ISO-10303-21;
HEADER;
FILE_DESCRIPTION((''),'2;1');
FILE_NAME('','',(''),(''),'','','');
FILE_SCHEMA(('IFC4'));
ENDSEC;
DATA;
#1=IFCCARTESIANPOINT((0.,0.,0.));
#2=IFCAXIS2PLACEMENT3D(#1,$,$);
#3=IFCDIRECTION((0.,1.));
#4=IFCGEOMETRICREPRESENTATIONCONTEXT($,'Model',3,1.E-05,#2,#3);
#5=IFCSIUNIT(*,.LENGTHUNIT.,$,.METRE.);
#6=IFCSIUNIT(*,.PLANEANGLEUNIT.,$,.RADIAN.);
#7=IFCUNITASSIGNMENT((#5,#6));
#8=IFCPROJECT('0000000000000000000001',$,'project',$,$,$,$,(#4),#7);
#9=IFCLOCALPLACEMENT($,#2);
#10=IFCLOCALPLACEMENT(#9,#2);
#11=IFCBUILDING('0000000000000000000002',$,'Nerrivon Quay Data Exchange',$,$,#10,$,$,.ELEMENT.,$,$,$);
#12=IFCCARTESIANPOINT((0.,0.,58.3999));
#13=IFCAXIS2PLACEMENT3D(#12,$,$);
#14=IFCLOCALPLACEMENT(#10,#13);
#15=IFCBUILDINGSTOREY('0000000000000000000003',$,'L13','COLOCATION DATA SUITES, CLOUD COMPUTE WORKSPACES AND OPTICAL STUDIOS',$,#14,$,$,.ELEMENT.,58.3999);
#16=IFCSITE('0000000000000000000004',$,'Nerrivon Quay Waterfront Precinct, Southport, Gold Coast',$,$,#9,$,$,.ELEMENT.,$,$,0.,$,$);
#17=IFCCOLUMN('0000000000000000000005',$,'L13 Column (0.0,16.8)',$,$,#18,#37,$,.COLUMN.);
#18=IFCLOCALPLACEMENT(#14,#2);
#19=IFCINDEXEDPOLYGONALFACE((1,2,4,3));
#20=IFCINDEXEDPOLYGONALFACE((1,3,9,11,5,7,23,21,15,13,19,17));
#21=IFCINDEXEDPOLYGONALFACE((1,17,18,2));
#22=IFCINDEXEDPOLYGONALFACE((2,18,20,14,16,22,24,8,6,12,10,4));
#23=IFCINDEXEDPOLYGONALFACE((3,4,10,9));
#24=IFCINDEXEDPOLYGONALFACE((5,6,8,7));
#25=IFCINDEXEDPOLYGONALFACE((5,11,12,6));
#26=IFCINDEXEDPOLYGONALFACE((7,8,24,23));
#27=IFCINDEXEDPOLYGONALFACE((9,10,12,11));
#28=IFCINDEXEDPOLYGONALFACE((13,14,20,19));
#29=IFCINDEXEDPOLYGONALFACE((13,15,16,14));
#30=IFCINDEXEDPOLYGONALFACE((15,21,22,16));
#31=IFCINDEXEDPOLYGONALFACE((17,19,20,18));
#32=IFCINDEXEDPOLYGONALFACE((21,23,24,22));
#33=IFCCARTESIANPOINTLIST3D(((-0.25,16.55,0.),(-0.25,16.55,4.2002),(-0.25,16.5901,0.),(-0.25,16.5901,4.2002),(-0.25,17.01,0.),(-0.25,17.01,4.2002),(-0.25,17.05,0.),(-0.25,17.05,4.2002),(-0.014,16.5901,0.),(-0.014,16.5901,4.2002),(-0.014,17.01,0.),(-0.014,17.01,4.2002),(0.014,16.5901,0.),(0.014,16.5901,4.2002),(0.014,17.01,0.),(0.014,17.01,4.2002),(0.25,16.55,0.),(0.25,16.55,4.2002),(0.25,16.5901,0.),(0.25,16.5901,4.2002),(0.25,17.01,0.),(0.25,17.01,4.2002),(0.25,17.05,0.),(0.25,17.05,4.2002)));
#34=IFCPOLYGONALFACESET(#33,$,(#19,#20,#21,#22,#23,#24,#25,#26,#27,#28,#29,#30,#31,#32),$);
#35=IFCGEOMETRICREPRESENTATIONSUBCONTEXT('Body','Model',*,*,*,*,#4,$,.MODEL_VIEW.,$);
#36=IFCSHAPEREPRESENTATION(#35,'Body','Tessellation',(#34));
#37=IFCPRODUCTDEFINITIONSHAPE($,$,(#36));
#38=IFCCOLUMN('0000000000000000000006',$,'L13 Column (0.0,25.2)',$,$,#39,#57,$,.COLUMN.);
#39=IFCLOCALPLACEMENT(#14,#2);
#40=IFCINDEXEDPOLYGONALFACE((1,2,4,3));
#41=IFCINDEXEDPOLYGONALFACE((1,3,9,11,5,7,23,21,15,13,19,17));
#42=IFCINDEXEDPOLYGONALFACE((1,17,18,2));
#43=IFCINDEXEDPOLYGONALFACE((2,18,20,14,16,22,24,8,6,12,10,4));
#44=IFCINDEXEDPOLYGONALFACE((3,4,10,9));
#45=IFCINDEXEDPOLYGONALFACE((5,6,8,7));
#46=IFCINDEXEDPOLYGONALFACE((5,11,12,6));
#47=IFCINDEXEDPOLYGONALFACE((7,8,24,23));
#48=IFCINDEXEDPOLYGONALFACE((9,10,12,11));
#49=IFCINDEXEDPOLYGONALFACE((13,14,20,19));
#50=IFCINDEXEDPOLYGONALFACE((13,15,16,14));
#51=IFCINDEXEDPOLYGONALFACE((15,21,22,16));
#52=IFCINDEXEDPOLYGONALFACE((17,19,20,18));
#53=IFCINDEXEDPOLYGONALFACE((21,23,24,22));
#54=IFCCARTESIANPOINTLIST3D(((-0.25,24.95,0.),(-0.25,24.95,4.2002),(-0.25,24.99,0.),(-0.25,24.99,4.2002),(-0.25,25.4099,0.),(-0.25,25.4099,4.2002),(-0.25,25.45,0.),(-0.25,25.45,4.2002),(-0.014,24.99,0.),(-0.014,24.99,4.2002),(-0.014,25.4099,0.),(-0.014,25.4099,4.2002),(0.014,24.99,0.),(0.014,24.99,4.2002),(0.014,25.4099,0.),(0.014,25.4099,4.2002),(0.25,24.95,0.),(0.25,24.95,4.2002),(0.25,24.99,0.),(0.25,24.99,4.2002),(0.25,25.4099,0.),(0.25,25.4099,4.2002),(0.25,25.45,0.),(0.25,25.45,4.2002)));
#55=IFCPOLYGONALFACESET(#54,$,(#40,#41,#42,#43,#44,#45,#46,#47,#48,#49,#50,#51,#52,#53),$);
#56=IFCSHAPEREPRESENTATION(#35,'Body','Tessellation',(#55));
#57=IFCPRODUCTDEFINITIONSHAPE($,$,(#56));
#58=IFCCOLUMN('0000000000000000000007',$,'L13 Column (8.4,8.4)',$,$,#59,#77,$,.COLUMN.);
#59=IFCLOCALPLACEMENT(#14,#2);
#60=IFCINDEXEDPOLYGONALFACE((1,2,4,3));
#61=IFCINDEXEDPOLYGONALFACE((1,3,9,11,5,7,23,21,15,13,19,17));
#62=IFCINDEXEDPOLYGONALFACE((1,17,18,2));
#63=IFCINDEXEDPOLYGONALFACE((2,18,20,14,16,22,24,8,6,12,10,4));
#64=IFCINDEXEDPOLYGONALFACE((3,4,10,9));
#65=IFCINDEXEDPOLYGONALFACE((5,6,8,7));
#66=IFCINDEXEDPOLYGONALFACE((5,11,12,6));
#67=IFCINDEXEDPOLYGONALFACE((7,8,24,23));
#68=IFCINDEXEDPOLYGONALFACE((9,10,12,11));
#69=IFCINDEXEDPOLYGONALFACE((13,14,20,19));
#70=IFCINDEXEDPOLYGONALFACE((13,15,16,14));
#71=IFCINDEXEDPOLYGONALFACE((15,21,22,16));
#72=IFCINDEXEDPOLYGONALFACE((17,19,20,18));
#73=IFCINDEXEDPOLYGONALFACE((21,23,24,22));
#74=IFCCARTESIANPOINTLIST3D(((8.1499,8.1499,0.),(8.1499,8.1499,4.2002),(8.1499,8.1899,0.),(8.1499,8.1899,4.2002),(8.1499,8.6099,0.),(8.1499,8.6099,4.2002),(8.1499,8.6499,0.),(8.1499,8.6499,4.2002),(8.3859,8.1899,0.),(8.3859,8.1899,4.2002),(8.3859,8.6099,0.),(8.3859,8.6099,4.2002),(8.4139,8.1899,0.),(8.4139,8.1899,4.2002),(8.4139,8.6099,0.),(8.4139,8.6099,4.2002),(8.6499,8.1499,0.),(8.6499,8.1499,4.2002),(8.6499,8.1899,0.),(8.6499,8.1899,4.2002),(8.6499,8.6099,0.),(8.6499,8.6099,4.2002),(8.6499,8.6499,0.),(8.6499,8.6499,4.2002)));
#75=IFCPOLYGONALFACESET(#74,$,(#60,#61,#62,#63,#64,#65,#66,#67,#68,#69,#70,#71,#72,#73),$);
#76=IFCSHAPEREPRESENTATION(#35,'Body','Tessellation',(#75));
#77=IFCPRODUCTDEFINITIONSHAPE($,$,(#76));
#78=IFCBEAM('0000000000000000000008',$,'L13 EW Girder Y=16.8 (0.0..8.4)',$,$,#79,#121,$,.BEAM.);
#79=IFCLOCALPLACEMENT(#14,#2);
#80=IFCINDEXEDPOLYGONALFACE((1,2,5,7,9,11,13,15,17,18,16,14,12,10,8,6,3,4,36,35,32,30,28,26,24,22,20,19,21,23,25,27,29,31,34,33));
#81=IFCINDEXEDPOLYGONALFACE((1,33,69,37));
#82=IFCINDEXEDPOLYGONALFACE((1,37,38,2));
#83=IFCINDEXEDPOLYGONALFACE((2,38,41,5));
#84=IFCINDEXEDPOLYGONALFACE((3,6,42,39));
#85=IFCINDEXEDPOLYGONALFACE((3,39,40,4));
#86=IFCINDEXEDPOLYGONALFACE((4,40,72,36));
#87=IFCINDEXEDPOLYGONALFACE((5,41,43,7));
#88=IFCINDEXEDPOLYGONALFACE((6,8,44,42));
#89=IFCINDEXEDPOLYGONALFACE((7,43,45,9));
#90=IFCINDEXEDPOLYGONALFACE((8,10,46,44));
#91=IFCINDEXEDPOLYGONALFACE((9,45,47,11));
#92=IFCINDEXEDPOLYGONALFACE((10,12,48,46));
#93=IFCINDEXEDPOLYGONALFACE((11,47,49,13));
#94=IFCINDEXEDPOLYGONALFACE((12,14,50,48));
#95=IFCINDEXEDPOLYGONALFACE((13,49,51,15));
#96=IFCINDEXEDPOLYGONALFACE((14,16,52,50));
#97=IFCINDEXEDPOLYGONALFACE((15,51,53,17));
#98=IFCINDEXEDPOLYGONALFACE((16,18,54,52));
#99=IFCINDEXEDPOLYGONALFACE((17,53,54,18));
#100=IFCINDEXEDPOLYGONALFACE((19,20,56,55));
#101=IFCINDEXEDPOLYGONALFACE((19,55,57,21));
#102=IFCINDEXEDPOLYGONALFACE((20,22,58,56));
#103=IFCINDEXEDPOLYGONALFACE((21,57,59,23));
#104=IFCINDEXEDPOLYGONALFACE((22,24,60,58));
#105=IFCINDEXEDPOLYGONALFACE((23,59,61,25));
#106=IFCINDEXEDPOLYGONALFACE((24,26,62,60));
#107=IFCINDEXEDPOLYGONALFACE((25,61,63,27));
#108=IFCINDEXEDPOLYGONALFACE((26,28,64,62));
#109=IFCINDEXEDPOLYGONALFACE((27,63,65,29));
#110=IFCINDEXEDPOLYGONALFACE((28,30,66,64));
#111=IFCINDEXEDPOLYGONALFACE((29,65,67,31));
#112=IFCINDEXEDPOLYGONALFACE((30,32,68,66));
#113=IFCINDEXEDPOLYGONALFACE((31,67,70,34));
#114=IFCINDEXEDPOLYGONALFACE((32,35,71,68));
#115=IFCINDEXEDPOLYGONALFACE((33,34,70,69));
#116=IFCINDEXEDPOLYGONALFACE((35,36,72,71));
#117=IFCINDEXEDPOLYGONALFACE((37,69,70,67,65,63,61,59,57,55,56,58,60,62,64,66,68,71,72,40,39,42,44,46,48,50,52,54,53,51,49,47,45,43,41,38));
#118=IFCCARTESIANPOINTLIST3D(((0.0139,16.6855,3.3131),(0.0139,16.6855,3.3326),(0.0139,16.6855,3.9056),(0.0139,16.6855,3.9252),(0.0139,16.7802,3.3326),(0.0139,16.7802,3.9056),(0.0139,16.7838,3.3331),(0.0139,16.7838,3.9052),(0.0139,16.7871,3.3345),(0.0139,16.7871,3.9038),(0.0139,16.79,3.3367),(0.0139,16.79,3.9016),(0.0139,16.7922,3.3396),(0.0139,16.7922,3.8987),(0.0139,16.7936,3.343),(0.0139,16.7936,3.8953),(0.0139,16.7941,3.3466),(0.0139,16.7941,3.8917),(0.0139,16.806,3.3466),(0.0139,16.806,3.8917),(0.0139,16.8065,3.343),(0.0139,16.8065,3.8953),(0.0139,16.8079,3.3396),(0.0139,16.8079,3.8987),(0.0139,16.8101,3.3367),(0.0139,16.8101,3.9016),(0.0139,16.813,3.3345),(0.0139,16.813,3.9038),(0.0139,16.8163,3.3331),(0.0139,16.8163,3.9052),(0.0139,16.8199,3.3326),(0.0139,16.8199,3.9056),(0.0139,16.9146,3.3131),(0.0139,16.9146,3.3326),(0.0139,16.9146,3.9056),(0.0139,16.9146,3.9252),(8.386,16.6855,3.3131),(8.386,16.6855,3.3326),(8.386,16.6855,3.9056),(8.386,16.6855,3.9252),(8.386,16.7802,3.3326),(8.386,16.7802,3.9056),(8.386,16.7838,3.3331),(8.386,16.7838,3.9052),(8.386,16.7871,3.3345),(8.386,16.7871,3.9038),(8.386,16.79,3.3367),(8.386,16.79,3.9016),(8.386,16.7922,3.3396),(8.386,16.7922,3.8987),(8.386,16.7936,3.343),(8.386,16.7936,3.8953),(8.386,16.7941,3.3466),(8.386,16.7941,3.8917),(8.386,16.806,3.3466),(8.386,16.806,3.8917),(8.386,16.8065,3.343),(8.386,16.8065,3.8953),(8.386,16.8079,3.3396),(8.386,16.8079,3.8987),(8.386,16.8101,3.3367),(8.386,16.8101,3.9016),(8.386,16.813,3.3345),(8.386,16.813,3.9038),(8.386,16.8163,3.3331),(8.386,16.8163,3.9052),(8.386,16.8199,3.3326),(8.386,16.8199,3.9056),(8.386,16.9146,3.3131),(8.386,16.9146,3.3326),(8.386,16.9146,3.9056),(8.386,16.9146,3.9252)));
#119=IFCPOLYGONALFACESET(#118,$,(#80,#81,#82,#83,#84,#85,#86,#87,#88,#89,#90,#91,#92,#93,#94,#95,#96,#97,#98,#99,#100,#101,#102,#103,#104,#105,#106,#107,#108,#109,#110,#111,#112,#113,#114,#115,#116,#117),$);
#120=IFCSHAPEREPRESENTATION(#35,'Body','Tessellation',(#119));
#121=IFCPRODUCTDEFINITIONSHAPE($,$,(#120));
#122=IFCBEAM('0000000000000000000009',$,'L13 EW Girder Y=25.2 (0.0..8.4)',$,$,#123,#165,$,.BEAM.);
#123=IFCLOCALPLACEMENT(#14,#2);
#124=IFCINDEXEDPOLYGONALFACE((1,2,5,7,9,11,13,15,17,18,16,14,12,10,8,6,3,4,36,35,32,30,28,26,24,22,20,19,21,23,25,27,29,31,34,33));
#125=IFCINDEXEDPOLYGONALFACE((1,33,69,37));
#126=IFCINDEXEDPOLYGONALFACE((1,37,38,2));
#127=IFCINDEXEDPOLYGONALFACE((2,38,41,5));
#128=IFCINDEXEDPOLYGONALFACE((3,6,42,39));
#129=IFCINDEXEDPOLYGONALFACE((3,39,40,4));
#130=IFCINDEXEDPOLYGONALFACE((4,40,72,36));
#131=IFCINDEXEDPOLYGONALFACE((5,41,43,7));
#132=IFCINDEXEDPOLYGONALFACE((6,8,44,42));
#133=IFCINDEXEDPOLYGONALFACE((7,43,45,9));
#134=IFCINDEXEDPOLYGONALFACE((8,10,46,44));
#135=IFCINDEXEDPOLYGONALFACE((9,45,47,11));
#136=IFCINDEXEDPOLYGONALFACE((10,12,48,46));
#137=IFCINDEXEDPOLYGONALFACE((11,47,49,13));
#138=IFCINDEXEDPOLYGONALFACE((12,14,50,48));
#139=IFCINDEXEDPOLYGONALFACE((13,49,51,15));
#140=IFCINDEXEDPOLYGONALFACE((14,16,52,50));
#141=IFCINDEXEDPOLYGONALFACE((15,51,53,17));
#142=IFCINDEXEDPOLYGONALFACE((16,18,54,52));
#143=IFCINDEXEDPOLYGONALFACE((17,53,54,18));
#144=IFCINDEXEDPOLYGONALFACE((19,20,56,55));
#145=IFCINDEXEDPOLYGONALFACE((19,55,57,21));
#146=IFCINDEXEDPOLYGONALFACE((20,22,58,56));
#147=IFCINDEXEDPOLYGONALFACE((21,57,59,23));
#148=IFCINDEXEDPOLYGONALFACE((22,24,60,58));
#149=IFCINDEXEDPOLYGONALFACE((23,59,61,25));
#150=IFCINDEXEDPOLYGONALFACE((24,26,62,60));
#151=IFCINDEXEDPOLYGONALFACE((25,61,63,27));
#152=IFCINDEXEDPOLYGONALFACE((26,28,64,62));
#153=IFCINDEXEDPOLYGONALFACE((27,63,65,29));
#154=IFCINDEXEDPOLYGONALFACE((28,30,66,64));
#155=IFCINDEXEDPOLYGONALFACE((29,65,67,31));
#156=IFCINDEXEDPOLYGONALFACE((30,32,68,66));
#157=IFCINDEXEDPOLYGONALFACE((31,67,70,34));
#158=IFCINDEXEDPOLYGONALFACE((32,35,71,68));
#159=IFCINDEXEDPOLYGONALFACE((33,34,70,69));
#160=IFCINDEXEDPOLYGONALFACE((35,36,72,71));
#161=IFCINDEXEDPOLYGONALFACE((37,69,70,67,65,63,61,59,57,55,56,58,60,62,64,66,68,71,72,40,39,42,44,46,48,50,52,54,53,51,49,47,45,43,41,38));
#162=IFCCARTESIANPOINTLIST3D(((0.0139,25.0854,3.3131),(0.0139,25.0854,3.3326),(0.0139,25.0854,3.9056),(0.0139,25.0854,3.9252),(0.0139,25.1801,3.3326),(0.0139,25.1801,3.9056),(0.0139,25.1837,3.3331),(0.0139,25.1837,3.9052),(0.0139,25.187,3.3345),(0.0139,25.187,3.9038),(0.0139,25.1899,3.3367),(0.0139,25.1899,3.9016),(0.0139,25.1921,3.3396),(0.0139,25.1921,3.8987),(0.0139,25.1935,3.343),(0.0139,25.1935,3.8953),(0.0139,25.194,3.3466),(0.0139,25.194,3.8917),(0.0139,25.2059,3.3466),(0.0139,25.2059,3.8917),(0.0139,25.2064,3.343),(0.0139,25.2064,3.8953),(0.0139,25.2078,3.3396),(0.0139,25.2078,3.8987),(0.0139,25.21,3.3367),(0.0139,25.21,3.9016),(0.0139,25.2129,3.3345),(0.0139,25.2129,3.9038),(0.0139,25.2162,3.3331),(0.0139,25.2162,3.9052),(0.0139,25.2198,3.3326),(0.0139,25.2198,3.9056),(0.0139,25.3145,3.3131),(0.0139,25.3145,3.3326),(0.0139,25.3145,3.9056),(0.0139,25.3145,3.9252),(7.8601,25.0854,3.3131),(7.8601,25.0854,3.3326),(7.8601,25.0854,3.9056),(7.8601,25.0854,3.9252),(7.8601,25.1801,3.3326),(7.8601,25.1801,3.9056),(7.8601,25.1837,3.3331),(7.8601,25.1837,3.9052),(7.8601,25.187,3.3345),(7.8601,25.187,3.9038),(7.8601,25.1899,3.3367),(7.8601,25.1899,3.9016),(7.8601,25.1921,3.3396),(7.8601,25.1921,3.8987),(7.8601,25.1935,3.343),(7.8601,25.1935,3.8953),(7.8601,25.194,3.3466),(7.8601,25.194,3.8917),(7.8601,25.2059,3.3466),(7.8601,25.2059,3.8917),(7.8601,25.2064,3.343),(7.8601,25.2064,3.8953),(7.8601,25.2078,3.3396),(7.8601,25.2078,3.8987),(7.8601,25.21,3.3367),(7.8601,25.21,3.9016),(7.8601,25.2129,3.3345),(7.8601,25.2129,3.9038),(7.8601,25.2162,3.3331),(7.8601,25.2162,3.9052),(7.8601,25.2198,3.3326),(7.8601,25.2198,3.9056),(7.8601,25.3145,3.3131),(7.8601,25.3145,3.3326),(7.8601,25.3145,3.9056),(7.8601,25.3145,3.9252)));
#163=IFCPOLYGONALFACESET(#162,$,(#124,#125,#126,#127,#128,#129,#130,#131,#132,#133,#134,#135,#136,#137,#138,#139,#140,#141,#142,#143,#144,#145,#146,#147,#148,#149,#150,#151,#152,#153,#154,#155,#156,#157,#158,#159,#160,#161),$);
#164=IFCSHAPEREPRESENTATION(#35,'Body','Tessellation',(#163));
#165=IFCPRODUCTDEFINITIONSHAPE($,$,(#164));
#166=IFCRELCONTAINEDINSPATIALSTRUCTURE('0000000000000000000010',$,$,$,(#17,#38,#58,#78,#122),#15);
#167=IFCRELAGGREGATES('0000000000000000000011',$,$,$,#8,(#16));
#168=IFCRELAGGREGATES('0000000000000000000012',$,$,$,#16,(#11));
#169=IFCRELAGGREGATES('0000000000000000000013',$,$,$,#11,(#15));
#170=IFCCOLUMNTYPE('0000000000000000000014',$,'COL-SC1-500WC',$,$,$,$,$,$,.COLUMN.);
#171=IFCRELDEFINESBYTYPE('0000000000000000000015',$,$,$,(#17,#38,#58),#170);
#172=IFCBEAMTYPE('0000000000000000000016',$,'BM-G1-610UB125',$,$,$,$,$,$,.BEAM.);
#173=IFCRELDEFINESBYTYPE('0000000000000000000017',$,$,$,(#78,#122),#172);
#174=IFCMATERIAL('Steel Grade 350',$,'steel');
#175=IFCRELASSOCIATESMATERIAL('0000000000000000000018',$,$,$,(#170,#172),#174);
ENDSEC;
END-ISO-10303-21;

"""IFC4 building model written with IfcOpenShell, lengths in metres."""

from ifc_helpers import new_model, si_unit, direction, frame, origin, origin_2d, place, context, subcontext, project, spatial, i_section, extrude, material, material_profile, profile_set, type_object, element, save


model = new_model("IFC4")

# Units and contexts
model_context = context("Model", 3, precision=1e-05, world=origin(), true_north=direction((0.0, 1.0)))
body_context = subcontext(model_context, "Body", "Model", "MODEL_VIEW")
ifc_project = project(units=[si_unit("LENGTHUNIT", "METRE"), si_unit("PLANEANGLEUNIT", "RADIAN")], contexts=[model_context])

# Site, building, storey
site_placement = place(None, origin())
site = spatial("IfcSite", under=ifc_project, at=site_placement, Name="Nerrivon Quay Waterfront Precinct, Southport, Gold Coast", CompositionType="ELEMENT", RefElevation=0.0)
building_placement = place(site_placement, origin())
building = spatial("IfcBuilding", under=site, at=building_placement, Name="Nerrivon Quay Data Exchange", CompositionType="ELEMENT")
storey_placement = place(building_placement, frame((0.0, 0.0, 58.3999)))
storey = spatial("IfcBuildingStorey", under=building, at=storey_placement, Name="L13", Description="COLOCATION DATA SUITES, CLOUD COMPUTE WORKSPACES AND OPTICAL STUDIOS", CompositionType="ELEMENT", Elevation=58.3999)

# Columns
ifc_material_1 = material(Name="Steel Grade 350", Category="steel")
ifc_material_profile_1 = material_profile(ifc_material_1, i_section(OverallWidth=0.5, OverallDepth=0.5, WebThickness=0.0281, FlangeThickness=0.04, at=origin_2d()), Name="500WC440")
ifc_profile_set_1 = profile_set([ifc_material_profile_1], Name="Steel Grade 350")
column_type = type_object("IfcColumnType", Name="COL-SC1-500WC", PredefinedType="COLUMN", material=ifc_profile_set_1)
for number, where, z_axis, x_axis, name in (
    (1, (0.0, 16.8, 0.0), (0.0, 0.0, 1.0), (1.0, 0.0, 0.0), "L13 Column (0.0,16.8)"),
    (2, (0.0, 25.2, 0.0), (0.0, 0.0, 1.0), (1.0, 0.0, 0.0), "L13 Column (0.0,25.2)"),
    (3, (8.3999, 8.3999, 0.0), (0.0, 0.0, 1.0), (1.0, 0.0, 0.0), "L13 Column (8.4,8.4)"),
):
    element("IfcColumn", number, at=place(storey_placement, frame(where, z_axis=z_axis, x_axis=x_axis)), inside=storey, type_object=column_type, Name=name, PredefinedType="COLUMN", context=body_context, shape_type="SweptSolid", body=[
        extrude(i_section(OverallWidth=0.5, OverallDepth=0.5, WebThickness=0.0281, FlangeThickness=0.04, at=origin_2d()), origin(), (0.0, 0.0, 1.0), 4.2002),
    ])

# Beams
ifc_material_profile_2 = material_profile(ifc_material_1, i_section(OverallWidth=0.229, OverallDepth=0.6121, WebThickness=0.012, FlangeThickness=0.0195, FilletRadius=0.0139, at=origin_2d()), Name="610UB125")
ifc_profile_set_2 = profile_set([ifc_material_profile_2], Name="Steel Grade 350")
beam_type_1 = type_object("IfcBeamType", Name="BM-G1-610UB125", PredefinedType="BEAM", material=ifc_profile_set_2)
beam_1_placement = place(storey_placement, frame((0.0139, 16.8, 3.6191), z_axis=(1.0, 0.0, 0.0), x_axis=(0.0, 1.0, 0.0)))
element("IfcBeam", 4, at=beam_1_placement, inside=storey, type_object=beam_type_1, Name="L13 EW Girder Y=16.8 (0.0..8.4)", PredefinedType="BEAM", context=body_context, shape_type="SweptSolid", body=[
    extrude(i_section(OverallWidth=0.229, OverallDepth=0.6121, WebThickness=0.012, FlangeThickness=0.0195, FilletRadius=0.0139, at=origin_2d()), origin(), (0.0, 0.0, 1.0), 8.3721),
])
beam_2_placement = place(storey_placement, frame((0.0139, 25.2, 3.6191), z_axis=(1.0, 0.0, 0.0), x_axis=(0.0, 1.0, 0.0)))
element("IfcBeam", 5, at=beam_2_placement, inside=storey, type_object=beam_type_1, Name="L13 EW Girder Y=25.2 (0.0..8.4)", PredefinedType="BEAM", context=body_context, shape_type="SweptSolid", body=[
    extrude(i_section(OverallWidth=0.229, OverallDepth=0.6121, WebThickness=0.012, FlangeThickness=0.0195, FilletRadius=0.0139, at=origin_2d()), origin(), (0.0, 0.0, 1.0), 7.8462),
])

save(model, "model.ifc")
